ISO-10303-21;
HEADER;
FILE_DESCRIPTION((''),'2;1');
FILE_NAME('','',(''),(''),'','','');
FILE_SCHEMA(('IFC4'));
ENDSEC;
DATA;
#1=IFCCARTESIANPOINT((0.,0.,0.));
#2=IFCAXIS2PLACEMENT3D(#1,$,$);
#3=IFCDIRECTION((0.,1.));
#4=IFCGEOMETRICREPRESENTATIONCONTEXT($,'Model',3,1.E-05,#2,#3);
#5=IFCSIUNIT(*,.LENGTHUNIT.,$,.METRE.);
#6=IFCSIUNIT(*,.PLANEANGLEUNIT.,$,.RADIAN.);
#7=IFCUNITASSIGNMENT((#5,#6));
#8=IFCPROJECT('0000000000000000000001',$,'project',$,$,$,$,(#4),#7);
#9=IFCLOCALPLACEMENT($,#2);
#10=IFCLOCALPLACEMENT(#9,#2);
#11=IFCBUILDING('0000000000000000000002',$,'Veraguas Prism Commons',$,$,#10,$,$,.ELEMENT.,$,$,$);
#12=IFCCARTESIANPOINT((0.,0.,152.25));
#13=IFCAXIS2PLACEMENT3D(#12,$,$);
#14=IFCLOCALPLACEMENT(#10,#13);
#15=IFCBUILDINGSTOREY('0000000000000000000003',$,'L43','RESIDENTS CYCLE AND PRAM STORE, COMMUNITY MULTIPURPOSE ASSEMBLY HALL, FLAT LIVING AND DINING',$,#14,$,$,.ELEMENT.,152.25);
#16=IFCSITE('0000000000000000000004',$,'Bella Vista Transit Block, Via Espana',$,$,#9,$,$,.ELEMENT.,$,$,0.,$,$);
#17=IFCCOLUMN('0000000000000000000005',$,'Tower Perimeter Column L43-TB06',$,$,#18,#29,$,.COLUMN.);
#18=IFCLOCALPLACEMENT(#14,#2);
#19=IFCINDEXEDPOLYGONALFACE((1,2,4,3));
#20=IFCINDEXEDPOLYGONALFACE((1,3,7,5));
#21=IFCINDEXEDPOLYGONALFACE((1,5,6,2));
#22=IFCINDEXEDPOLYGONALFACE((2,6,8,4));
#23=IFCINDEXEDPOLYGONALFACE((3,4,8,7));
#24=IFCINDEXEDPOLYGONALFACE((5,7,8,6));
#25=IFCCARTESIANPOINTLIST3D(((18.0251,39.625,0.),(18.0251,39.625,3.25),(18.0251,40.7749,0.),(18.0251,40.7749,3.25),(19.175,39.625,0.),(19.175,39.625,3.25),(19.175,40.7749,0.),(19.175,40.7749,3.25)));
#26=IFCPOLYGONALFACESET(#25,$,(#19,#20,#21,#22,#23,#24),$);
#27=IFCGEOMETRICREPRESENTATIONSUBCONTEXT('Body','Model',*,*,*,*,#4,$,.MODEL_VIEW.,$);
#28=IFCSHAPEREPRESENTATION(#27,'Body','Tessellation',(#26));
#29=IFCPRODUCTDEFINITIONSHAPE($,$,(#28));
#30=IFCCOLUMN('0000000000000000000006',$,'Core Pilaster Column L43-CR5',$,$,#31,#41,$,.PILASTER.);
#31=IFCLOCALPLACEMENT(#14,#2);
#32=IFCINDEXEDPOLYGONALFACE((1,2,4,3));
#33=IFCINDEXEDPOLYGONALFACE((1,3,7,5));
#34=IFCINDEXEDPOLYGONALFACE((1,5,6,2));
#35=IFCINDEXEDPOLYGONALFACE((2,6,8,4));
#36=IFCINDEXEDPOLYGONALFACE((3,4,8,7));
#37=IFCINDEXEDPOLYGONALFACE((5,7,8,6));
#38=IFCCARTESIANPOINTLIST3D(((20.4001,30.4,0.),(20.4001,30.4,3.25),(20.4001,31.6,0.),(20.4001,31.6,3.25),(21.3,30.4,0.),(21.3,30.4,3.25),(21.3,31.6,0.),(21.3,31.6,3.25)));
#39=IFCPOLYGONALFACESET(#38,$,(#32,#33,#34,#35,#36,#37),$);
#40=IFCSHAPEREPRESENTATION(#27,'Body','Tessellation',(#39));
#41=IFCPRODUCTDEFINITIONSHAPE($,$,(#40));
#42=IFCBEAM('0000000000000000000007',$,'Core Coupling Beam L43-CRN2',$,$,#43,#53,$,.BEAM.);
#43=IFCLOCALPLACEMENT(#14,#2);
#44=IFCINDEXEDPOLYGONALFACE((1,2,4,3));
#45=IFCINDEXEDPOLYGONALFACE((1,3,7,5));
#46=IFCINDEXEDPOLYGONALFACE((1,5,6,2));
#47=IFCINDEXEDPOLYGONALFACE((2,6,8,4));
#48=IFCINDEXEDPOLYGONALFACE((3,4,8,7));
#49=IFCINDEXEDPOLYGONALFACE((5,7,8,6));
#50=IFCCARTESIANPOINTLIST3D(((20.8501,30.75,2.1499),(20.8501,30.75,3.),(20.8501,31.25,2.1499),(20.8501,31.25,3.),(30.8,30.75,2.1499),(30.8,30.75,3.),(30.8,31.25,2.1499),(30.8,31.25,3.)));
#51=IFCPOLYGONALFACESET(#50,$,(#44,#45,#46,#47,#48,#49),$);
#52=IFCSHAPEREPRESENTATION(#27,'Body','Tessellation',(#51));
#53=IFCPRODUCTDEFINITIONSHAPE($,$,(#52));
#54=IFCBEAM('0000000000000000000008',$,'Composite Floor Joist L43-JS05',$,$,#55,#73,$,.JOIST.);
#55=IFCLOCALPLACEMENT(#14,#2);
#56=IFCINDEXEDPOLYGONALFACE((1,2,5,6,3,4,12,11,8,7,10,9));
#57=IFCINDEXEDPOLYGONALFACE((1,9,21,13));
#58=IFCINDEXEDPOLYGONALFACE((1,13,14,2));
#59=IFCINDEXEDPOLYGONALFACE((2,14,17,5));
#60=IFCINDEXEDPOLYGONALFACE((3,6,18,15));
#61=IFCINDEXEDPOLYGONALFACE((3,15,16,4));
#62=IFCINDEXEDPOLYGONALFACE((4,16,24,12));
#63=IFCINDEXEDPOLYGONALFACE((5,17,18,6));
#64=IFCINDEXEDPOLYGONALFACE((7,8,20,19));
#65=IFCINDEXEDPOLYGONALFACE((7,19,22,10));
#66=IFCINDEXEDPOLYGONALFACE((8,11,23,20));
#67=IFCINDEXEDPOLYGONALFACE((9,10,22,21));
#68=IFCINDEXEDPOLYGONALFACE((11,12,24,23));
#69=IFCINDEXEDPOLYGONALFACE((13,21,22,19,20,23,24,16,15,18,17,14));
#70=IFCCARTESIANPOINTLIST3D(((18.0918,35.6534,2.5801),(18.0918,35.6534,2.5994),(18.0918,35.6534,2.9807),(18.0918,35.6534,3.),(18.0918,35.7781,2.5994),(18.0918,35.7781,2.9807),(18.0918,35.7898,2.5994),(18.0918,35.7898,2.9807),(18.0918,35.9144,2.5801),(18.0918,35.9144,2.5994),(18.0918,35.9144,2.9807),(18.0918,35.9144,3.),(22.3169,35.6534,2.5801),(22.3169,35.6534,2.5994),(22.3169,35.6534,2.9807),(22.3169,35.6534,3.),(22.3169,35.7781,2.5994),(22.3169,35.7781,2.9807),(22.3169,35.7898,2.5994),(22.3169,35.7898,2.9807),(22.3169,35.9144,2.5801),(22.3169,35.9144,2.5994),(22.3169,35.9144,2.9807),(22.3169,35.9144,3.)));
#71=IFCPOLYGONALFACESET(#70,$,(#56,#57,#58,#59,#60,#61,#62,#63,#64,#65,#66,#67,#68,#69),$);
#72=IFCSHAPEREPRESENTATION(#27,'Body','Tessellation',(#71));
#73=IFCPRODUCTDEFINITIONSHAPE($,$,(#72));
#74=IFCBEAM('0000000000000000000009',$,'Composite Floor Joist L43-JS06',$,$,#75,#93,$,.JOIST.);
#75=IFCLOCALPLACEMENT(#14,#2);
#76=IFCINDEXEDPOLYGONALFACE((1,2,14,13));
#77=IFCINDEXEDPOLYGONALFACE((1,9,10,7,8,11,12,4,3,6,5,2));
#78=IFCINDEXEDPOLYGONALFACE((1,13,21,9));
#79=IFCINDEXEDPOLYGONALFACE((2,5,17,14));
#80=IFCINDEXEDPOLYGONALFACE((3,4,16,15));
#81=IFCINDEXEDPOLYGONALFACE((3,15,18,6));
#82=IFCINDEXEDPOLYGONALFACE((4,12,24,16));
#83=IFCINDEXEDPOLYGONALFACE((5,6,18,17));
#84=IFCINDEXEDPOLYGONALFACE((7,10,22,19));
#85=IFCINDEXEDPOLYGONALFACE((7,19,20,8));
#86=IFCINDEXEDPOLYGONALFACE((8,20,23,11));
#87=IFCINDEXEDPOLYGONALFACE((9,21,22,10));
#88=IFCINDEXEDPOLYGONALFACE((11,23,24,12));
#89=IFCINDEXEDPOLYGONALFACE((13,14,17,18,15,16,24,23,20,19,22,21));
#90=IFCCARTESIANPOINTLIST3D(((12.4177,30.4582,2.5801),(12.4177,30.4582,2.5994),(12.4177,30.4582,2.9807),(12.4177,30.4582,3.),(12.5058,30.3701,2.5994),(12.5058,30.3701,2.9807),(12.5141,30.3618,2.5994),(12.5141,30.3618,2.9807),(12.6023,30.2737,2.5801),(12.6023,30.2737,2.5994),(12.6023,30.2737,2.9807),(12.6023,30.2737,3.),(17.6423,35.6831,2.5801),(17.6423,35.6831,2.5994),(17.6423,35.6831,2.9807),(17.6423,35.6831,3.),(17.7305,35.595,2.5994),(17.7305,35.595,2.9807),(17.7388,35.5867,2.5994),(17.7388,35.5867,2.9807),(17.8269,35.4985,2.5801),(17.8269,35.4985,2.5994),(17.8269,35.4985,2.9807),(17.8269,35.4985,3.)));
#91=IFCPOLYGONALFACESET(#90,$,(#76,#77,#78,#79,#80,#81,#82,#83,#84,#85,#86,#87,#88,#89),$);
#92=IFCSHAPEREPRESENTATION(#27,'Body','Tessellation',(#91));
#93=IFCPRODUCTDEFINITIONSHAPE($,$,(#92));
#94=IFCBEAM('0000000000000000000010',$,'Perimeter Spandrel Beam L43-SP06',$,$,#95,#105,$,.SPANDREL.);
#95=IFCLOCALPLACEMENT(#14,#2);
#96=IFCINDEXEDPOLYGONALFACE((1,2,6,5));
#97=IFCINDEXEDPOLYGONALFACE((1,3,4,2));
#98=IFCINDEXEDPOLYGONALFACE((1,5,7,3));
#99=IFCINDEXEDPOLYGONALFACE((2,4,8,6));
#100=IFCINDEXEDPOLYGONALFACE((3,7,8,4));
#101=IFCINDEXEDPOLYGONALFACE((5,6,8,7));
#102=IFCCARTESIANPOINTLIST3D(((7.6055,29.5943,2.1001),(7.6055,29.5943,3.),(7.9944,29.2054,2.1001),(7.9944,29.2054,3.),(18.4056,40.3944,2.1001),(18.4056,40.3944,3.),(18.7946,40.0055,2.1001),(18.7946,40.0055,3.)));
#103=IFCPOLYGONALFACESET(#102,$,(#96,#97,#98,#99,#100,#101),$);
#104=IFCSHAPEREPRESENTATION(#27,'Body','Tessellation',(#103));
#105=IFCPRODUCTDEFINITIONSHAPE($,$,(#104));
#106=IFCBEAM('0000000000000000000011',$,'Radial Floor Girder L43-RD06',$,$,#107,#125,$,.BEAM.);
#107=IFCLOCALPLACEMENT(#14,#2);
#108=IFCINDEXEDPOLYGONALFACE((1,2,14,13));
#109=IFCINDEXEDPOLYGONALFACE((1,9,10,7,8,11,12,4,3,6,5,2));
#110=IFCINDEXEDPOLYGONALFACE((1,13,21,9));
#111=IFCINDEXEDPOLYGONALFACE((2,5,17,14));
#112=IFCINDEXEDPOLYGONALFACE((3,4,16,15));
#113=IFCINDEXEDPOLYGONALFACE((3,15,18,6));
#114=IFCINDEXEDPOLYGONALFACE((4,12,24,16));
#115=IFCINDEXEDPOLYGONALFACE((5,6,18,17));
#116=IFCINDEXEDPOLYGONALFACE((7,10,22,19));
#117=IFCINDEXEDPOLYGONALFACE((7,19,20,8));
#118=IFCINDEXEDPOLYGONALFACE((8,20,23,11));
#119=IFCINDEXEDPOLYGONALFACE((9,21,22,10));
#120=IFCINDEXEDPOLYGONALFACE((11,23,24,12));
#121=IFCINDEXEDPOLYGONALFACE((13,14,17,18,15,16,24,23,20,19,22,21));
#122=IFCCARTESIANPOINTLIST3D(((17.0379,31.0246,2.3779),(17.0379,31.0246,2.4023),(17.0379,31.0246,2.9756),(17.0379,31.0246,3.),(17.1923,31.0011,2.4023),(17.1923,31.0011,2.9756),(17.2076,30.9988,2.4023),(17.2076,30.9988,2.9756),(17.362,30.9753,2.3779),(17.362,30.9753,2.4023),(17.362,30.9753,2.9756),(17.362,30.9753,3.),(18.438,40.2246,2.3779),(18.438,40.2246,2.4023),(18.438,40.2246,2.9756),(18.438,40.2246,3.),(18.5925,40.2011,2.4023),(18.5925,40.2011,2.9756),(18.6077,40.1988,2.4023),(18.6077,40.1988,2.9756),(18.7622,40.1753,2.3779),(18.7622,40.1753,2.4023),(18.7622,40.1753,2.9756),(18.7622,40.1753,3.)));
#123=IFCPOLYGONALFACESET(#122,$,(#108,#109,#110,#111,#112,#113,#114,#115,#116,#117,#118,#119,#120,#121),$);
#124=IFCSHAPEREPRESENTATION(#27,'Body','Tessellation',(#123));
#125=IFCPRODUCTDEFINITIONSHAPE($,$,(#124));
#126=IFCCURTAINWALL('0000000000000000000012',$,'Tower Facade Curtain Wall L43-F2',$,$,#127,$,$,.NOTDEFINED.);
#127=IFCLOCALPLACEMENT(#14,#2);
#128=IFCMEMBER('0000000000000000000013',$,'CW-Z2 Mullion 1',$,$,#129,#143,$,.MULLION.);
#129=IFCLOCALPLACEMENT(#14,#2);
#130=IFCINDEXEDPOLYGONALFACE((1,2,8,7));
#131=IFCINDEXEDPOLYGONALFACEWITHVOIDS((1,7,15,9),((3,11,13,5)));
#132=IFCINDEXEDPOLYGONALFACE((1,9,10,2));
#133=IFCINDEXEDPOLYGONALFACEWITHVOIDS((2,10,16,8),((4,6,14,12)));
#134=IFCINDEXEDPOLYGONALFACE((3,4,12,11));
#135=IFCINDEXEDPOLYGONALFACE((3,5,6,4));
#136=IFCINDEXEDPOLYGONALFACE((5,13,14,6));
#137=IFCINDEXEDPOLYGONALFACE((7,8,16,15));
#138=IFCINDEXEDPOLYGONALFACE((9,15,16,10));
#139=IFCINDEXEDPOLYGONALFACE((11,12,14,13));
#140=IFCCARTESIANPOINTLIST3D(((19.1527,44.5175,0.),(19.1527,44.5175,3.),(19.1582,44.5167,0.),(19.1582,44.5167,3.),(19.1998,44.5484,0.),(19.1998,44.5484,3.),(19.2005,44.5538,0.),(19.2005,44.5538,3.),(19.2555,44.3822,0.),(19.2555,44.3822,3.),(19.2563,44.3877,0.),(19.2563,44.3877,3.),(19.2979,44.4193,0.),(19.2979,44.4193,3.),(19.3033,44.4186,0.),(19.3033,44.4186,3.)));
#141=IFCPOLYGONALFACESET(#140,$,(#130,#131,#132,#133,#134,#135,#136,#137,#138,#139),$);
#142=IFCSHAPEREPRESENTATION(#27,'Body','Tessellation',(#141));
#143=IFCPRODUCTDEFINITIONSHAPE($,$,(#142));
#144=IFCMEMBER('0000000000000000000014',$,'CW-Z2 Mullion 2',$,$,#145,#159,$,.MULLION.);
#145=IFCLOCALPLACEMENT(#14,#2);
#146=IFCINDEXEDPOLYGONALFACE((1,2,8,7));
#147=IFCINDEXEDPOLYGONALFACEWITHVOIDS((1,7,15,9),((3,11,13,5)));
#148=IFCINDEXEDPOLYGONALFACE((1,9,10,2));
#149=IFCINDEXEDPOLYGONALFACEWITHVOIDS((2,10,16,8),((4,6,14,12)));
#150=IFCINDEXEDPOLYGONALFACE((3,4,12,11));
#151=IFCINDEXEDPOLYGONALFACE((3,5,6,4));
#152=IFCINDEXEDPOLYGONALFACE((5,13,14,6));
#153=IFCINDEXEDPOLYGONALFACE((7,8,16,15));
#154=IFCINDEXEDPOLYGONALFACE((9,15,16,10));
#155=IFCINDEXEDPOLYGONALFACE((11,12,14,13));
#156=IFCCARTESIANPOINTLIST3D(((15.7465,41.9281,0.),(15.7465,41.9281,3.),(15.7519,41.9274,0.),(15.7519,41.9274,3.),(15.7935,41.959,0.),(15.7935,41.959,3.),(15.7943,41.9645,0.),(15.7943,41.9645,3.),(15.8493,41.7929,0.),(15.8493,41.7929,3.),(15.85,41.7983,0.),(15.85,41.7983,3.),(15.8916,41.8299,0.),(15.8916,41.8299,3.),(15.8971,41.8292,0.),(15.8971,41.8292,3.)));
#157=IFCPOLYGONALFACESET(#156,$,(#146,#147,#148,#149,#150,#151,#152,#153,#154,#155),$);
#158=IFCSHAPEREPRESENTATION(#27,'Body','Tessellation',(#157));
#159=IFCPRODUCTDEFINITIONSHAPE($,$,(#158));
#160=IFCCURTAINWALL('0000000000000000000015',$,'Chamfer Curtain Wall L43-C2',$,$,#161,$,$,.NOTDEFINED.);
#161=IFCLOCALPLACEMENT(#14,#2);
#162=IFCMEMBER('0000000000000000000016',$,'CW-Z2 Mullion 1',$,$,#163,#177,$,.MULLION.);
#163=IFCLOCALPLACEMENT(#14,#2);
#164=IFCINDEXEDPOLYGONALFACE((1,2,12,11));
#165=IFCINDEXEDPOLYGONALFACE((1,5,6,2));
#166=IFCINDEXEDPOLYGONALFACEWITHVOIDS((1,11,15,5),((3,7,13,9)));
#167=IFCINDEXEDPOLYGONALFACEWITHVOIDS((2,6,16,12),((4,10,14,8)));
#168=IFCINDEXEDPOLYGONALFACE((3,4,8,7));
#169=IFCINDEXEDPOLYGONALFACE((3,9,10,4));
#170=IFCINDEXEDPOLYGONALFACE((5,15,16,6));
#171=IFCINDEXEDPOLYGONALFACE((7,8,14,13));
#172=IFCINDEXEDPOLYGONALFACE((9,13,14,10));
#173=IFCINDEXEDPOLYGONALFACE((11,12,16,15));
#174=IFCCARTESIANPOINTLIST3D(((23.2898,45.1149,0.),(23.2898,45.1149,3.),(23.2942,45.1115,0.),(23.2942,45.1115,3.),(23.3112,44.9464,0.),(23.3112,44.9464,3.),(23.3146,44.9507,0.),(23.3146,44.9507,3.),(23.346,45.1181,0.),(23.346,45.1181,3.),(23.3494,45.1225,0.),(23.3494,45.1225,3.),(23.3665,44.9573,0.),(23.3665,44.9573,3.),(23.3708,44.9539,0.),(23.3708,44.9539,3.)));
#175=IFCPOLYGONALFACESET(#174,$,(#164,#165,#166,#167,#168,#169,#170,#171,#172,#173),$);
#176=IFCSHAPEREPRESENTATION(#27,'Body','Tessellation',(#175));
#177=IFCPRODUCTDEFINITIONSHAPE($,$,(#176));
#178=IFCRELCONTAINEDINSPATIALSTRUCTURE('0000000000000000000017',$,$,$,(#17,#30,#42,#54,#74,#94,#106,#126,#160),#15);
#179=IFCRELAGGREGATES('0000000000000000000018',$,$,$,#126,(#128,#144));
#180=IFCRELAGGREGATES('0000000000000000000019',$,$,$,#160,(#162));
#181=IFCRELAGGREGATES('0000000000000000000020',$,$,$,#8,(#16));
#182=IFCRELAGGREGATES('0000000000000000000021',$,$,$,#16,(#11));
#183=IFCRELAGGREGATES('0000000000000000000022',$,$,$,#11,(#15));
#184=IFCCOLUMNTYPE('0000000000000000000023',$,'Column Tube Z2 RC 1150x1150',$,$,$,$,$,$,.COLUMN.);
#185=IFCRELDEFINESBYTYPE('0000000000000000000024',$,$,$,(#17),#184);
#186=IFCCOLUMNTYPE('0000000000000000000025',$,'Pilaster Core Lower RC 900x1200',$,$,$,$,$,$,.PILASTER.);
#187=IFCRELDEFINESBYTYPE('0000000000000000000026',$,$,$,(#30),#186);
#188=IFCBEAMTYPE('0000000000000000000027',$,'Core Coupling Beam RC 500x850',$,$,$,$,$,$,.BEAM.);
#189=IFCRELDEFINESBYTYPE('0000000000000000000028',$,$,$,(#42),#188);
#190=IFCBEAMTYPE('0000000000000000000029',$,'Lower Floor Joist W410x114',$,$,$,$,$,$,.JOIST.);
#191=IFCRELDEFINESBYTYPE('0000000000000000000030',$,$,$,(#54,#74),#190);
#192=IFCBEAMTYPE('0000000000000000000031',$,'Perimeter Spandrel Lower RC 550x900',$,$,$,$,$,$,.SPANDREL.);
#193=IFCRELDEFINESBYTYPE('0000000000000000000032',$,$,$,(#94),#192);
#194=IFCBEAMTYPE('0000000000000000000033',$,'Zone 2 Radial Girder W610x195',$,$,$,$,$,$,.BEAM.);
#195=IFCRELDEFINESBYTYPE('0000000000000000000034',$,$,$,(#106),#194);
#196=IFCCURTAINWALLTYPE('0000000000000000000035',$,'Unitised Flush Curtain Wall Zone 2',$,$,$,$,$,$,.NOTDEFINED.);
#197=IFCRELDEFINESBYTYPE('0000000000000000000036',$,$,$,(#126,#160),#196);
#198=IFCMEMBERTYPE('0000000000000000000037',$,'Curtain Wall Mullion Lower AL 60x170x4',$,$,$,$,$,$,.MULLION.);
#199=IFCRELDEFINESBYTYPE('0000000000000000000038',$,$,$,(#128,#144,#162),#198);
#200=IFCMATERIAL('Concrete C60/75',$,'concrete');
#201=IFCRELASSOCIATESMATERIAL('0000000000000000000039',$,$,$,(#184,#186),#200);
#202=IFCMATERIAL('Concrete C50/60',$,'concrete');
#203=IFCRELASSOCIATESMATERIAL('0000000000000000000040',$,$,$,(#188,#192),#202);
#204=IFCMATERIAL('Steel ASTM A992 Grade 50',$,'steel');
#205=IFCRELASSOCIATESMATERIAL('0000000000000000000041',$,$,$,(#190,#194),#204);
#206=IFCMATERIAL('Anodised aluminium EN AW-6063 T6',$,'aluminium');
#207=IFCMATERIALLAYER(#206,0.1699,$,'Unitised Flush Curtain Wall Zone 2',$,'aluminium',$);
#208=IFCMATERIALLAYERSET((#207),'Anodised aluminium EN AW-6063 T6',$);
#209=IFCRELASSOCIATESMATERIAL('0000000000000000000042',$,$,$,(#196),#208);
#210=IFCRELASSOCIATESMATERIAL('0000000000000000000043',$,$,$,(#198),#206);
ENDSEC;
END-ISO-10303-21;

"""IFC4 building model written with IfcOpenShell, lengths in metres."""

from ifc_helpers import new_model, si_unit, direction, frame, origin, origin_2d, place, context, subcontext, project, spatial, rectangle, hollow_rectangle, i_section, extrude, source, transform, mapped, material, layer, layer_set, material_profile, profile_set, type_object, element, aggregate, save


model = new_model("IFC4")

# Units and contexts
model_context = context("Model", 3, precision=1e-05, world=origin(), true_north=direction((0.0, 1.0)))
body_context = subcontext(model_context, "Body", "Model", "MODEL_VIEW")
ifc_project = project(units=[si_unit("LENGTHUNIT", "METRE"), si_unit("PLANEANGLEUNIT", "RADIAN")], contexts=[model_context])

# Site, building, storey
site_placement = place(None, origin())
site = spatial("IfcSite", under=ifc_project, at=site_placement, Name="Bella Vista Transit Block, Via Espana", CompositionType="ELEMENT", RefElevation=0.0)
building_placement = place(site_placement, origin())
building = spatial("IfcBuilding", under=site, at=building_placement, Name="Veraguas Prism Commons", CompositionType="ELEMENT")
storey_placement = place(building_placement, frame((0.0, 0.0, 152.25)))
storey = spatial("IfcBuildingStorey", under=building, at=storey_placement, Name="L43", Description="RESIDENTS CYCLE AND PRAM STORE, COMMUNITY MULTIPURPOSE ASSEMBLY HALL, FLAT LIVING AND DINING", CompositionType="ELEMENT", Elevation=152.25)

# Columns
ifc_material_1 = material(Name="Concrete C60/75", Category="concrete")
ifc_material_profile_1 = material_profile(ifc_material_1, rectangle(XDim=1.1499, YDim=1.1499, at=origin_2d()), Name="RC1150X1150")
ifc_profile_set_1 = profile_set([ifc_material_profile_1], Name="Concrete C60/75")
column_type_1 = type_object("IfcColumnType", Name="Column Tube Z2 RC 1150x1150", PredefinedType="COLUMN", material=ifc_profile_set_1)
column_1_placement = place(storey_placement, frame((18.6001, 40.2, 0.0), z_axis=(0.0, 0.0, 1.0), x_axis=(1.0, 0.0, 0.0)))
element("IfcColumn", 1, at=column_1_placement, inside=storey, type_object=column_type_1, Name="Tower Perimeter Column L43-TB06", PredefinedType="COLUMN", context=body_context, shape_type="SweptSolid", body=[
    extrude(rectangle(XDim=1.1499, YDim=1.1499, at=origin_2d()), origin(), (0.0, 0.0, 1.0), 3.25),
])
ifc_material_profile_2 = material_profile(ifc_material_1, rectangle(XDim=0.8999, YDim=1.2, at=origin_2d()), Name="RC900X1200")
ifc_profile_set_2 = profile_set([ifc_material_profile_2], Name="Concrete C60/75")
column_type_2 = type_object("IfcColumnType", Name="Pilaster Core Lower RC 900x1200", PredefinedType="PILASTER", material=ifc_profile_set_2)
column_2_placement = place(storey_placement, frame((20.8501, 31.0, 0.0), z_axis=(0.0, 0.0, 1.0), x_axis=(1.0, 0.0, 0.0)))
element("IfcColumn", 2, at=column_2_placement, inside=storey, type_object=column_type_2, Name="Core Pilaster Column L43-CR5", PredefinedType="PILASTER", context=body_context, shape_type="SweptSolid", body=[
    extrude(rectangle(XDim=0.8999, YDim=1.2, at=origin_2d()), origin(), (0.0, 0.0, 1.0), 3.25),
])

# Beams
ifc_material_2 = material(Name="Concrete C50/60", Category="concrete")
ifc_material_profile_3 = material_profile(ifc_material_2, rectangle(XDim=0.5, YDim=0.8501, at=origin_2d()), Name="RC500X850")
ifc_profile_set_3 = profile_set([ifc_material_profile_3], Name="Concrete C50/60")
beam_type_1 = type_object("IfcBeamType", Name="Core Coupling Beam RC 500x850", PredefinedType="BEAM", material=ifc_profile_set_3)
beam_1_placement = place(storey_placement, frame((20.8501, 31.0, 2.575), z_axis=(1.0, 0.0, 0.0), x_axis=(0.0, 1.0, 0.0)))
element("IfcBeam", 3, at=beam_1_placement, inside=storey, type_object=beam_type_1, Name="Core Coupling Beam L43-CRN2", PredefinedType="BEAM", context=body_context, shape_type="SweptSolid", body=[
    extrude(rectangle(XDim=0.5, YDim=0.8501, at=origin_2d()), origin(), (0.0, 0.0, 1.0), 9.95),
])
ifc_material_3 = material(Name="Steel ASTM A992 Grade 50", Category="steel")
ifc_material_profile_4 = material_profile(ifc_material_3, i_section(OverallWidth=0.261, OverallDepth=0.4199, WebThickness=0.0117, FlangeThickness=0.0193, at=origin_2d()), Name="W410X114")
ifc_profile_set_4 = profile_set([ifc_material_profile_4], Name="Steel ASTM A992 Grade 50")
beam_type_2 = type_object("IfcBeamType", Name="Lower Floor Joist W410x114", PredefinedType="JOIST", material=ifc_profile_set_4)
beam_2_placement = place(storey_placement, frame((22.3169, 35.7839, 2.79), z_axis=(-1.0, 0.0, 0.0), x_axis=(0.0, -1.0, 0.0)))
element("IfcBeam", 4, at=beam_2_placement, inside=storey, type_object=beam_type_2, Name="Composite Floor Joist L43-JS05", PredefinedType="JOIST", context=body_context, shape_type="SweptSolid", body=[
    extrude(i_section(OverallWidth=0.261, OverallDepth=0.4199, WebThickness=0.0117, FlangeThickness=0.0193, at=origin_2d()), origin(), (0.0, 0.0, 1.0), 4.2251),
])
beam_3_placement = place(storey_placement, frame((17.7346, 35.5908, 2.79), z_axis=(-0.70709, -0.707123, 0.0), x_axis=(0.707123, -0.70709, 0.0)))
element("IfcBeam", 5, at=beam_3_placement, inside=storey, type_object=beam_type_2, Name="Composite Floor Joist L43-JS06", PredefinedType="JOIST", context=body_context, shape_type="SweptSolid", body=[
    extrude(i_section(OverallWidth=0.261, OverallDepth=0.4199, WebThickness=0.0117, FlangeThickness=0.0193, at=origin_2d()), origin(), (0.0, 0.0, 1.0), 7.3889),
])
ifc_material_profile_5 = material_profile(ifc_material_2, rectangle(XDim=0.55, YDim=0.8999, at=origin_2d()), Name="RC550X900")
ifc_profile_set_5 = profile_set([ifc_material_profile_5], Name="Concrete C50/60")
beam_type_3 = type_object("IfcBeamType", Name="Perimeter Spandrel Lower RC 550x900", PredefinedType="SPANDREL", material=ifc_profile_set_5)
beam_4_placement = place(storey_placement, frame((18.6001, 40.2, 2.55), z_axis=(-0.707107, -0.707107, 0.0), x_axis=(0.707107, -0.707107, 0.0)))
element("IfcBeam", 6, at=beam_4_placement, inside=storey, type_object=beam_type_3, Name="Perimeter Spandrel Beam L43-SP06", PredefinedType="SPANDREL", context=body_context, shape_type="SweptSolid", body=[
    extrude(rectangle(XDim=0.55, YDim=0.8999, at=origin_2d()), origin(), (0.0, 0.0, 1.0), 15.2737),
])
ifc_material_profile_6 = material_profile(ifc_material_3, i_section(OverallWidth=0.3279, OverallDepth=0.6221, WebThickness=0.0154, FlangeThickness=0.0244, at=origin_2d()), Name="W610X195")
ifc_profile_set_6 = profile_set([ifc_material_profile_6], Name="Steel ASTM A992 Grade 50")
beam_type_4 = type_object("IfcBeamType", Name="Zone 2 Radial Girder W610x195", PredefinedType="BEAM", material=ifc_profile_set_6)
beam_5_placement = place(storey_placement, frame((18.6001, 40.2, 2.689), z_axis=(-0.150458, -0.988616, 0.0), x_axis=(0.988616, -0.150458, 0.0)))
element("IfcBeam", 7, at=beam_5_placement, inside=storey, type_object=beam_type_4, Name="Radial Floor Girder L43-RD06", PredefinedType="BEAM", context=body_context, shape_type="SweptSolid", body=[
    extrude(i_section(OverallWidth=0.3279, OverallDepth=0.6221, WebThickness=0.0154, FlangeThickness=0.0244, at=origin_2d()), origin(), (0.0, 0.0, 1.0), 9.3059),
])

# Curtain walls, members
ifc_material_4 = material(Name="Anodised aluminium EN AW-6063 T6", Category="aluminium")
ifc_layer_1 = layer(ifc_material_4, 0.1699, Name="Unitised Flush Curtain Wall Zone 2", Category="aluminium")
ifc_layer_set_1 = layer_set([ifc_layer_1], Name="Anodised aluminium EN AW-6063 T6")
curtain_wall_type = type_object("IfcCurtainWallType", Name="Unitised Flush Curtain Wall Zone 2", PredefinedType="NOTDEFINED", material=ifc_layer_set_1)
curtain_wall_1_placement = place(storey_placement, origin())
curtain_wall_1 = element("IfcCurtainWall", 8, at=curtain_wall_1_placement, inside=storey, type_object=curtain_wall_type, Name="Tower Facade Curtain Wall L43-F2", PredefinedType="NOTDEFINED")
ifc_material_profile_7 = material_profile(ifc_material_4, hollow_rectangle(XDim=0.0601, YDim=0.1699, WallThickness=0.0039, at=origin_2d()), Name="AL60X170X4")
ifc_profile_set_7 = profile_set([ifc_material_profile_7], Name="Anodised aluminium EN AW-6063 T6")
member_type_1 = type_object("IfcMemberType", Name="Curtain Wall Mullion Lower AL 60x170x4", PredefinedType="MULLION", material=ifc_profile_set_7)
shared_shape_1 = source(origin(), body_context, "Body", "SweptSolid", [
    extrude(hollow_rectangle(XDim=0.0601, YDim=0.1699, WallThickness=0.0039, at=origin_2d()), origin(), (0.0, 0.0, 1.0), 3.0),
])
member_1_placement = place(storey_placement, frame((19.228, 44.468, 0.0), z_axis=(0.0, 0.0, 1.0), x_axis=(-0.796104, -0.605159, 0.0)))
member_1 = element("IfcMember", 9, at=member_1_placement, type_object=member_type_1, Name="CW-Z2 Mullion 1", PredefinedType="MULLION", context=body_context, shape_type="MappedRepresentation", body=[
    mapped(shared_shape_1, transform((0.0, 0.0, 0.0), scale=1.0)),
])
member_2_placement = place(storey_placement, frame((15.8218, 41.8787, 0.0), z_axis=(0.0, 0.0, 1.0), x_axis=(-0.796104, -0.605159, 0.0)))
member_2 = element("IfcMember", 10, at=member_2_placement, type_object=member_type_1, Name="CW-Z2 Mullion 2", PredefinedType="MULLION", context=body_context, shape_type="MappedRepresentation", body=[
    mapped(shared_shape_1, transform((0.0, 0.0, 0.0), scale=1.0)),
])
curtain_wall_2_placement = place(storey_placement, origin())
curtain_wall_2 = element("IfcCurtainWall", 11, at=curtain_wall_2_placement, inside=storey, type_object=curtain_wall_type, Name="Chamfer Curtain Wall L43-C2", PredefinedType="NOTDEFINED")
member_3_placement = place(storey_placement, frame((23.3303, 45.0344, 0.0), z_axis=(0.0, 0.0, 1.0), x_axis=(-0.99203, -0.126005, 0.0)))
member_3 = element("IfcMember", 12, at=member_3_placement, type_object=member_type_1, Name="CW-Z2 Mullion 1", PredefinedType="MULLION", context=body_context, shape_type="MappedRepresentation", body=[
    mapped(shared_shape_1, transform((0.0, 0.0, 0.0), scale=1.0)),
])

aggregate(curtain_wall_1, [member_1, member_2])
aggregate(curtain_wall_2, [member_3])

save(model, "model.ifc")
